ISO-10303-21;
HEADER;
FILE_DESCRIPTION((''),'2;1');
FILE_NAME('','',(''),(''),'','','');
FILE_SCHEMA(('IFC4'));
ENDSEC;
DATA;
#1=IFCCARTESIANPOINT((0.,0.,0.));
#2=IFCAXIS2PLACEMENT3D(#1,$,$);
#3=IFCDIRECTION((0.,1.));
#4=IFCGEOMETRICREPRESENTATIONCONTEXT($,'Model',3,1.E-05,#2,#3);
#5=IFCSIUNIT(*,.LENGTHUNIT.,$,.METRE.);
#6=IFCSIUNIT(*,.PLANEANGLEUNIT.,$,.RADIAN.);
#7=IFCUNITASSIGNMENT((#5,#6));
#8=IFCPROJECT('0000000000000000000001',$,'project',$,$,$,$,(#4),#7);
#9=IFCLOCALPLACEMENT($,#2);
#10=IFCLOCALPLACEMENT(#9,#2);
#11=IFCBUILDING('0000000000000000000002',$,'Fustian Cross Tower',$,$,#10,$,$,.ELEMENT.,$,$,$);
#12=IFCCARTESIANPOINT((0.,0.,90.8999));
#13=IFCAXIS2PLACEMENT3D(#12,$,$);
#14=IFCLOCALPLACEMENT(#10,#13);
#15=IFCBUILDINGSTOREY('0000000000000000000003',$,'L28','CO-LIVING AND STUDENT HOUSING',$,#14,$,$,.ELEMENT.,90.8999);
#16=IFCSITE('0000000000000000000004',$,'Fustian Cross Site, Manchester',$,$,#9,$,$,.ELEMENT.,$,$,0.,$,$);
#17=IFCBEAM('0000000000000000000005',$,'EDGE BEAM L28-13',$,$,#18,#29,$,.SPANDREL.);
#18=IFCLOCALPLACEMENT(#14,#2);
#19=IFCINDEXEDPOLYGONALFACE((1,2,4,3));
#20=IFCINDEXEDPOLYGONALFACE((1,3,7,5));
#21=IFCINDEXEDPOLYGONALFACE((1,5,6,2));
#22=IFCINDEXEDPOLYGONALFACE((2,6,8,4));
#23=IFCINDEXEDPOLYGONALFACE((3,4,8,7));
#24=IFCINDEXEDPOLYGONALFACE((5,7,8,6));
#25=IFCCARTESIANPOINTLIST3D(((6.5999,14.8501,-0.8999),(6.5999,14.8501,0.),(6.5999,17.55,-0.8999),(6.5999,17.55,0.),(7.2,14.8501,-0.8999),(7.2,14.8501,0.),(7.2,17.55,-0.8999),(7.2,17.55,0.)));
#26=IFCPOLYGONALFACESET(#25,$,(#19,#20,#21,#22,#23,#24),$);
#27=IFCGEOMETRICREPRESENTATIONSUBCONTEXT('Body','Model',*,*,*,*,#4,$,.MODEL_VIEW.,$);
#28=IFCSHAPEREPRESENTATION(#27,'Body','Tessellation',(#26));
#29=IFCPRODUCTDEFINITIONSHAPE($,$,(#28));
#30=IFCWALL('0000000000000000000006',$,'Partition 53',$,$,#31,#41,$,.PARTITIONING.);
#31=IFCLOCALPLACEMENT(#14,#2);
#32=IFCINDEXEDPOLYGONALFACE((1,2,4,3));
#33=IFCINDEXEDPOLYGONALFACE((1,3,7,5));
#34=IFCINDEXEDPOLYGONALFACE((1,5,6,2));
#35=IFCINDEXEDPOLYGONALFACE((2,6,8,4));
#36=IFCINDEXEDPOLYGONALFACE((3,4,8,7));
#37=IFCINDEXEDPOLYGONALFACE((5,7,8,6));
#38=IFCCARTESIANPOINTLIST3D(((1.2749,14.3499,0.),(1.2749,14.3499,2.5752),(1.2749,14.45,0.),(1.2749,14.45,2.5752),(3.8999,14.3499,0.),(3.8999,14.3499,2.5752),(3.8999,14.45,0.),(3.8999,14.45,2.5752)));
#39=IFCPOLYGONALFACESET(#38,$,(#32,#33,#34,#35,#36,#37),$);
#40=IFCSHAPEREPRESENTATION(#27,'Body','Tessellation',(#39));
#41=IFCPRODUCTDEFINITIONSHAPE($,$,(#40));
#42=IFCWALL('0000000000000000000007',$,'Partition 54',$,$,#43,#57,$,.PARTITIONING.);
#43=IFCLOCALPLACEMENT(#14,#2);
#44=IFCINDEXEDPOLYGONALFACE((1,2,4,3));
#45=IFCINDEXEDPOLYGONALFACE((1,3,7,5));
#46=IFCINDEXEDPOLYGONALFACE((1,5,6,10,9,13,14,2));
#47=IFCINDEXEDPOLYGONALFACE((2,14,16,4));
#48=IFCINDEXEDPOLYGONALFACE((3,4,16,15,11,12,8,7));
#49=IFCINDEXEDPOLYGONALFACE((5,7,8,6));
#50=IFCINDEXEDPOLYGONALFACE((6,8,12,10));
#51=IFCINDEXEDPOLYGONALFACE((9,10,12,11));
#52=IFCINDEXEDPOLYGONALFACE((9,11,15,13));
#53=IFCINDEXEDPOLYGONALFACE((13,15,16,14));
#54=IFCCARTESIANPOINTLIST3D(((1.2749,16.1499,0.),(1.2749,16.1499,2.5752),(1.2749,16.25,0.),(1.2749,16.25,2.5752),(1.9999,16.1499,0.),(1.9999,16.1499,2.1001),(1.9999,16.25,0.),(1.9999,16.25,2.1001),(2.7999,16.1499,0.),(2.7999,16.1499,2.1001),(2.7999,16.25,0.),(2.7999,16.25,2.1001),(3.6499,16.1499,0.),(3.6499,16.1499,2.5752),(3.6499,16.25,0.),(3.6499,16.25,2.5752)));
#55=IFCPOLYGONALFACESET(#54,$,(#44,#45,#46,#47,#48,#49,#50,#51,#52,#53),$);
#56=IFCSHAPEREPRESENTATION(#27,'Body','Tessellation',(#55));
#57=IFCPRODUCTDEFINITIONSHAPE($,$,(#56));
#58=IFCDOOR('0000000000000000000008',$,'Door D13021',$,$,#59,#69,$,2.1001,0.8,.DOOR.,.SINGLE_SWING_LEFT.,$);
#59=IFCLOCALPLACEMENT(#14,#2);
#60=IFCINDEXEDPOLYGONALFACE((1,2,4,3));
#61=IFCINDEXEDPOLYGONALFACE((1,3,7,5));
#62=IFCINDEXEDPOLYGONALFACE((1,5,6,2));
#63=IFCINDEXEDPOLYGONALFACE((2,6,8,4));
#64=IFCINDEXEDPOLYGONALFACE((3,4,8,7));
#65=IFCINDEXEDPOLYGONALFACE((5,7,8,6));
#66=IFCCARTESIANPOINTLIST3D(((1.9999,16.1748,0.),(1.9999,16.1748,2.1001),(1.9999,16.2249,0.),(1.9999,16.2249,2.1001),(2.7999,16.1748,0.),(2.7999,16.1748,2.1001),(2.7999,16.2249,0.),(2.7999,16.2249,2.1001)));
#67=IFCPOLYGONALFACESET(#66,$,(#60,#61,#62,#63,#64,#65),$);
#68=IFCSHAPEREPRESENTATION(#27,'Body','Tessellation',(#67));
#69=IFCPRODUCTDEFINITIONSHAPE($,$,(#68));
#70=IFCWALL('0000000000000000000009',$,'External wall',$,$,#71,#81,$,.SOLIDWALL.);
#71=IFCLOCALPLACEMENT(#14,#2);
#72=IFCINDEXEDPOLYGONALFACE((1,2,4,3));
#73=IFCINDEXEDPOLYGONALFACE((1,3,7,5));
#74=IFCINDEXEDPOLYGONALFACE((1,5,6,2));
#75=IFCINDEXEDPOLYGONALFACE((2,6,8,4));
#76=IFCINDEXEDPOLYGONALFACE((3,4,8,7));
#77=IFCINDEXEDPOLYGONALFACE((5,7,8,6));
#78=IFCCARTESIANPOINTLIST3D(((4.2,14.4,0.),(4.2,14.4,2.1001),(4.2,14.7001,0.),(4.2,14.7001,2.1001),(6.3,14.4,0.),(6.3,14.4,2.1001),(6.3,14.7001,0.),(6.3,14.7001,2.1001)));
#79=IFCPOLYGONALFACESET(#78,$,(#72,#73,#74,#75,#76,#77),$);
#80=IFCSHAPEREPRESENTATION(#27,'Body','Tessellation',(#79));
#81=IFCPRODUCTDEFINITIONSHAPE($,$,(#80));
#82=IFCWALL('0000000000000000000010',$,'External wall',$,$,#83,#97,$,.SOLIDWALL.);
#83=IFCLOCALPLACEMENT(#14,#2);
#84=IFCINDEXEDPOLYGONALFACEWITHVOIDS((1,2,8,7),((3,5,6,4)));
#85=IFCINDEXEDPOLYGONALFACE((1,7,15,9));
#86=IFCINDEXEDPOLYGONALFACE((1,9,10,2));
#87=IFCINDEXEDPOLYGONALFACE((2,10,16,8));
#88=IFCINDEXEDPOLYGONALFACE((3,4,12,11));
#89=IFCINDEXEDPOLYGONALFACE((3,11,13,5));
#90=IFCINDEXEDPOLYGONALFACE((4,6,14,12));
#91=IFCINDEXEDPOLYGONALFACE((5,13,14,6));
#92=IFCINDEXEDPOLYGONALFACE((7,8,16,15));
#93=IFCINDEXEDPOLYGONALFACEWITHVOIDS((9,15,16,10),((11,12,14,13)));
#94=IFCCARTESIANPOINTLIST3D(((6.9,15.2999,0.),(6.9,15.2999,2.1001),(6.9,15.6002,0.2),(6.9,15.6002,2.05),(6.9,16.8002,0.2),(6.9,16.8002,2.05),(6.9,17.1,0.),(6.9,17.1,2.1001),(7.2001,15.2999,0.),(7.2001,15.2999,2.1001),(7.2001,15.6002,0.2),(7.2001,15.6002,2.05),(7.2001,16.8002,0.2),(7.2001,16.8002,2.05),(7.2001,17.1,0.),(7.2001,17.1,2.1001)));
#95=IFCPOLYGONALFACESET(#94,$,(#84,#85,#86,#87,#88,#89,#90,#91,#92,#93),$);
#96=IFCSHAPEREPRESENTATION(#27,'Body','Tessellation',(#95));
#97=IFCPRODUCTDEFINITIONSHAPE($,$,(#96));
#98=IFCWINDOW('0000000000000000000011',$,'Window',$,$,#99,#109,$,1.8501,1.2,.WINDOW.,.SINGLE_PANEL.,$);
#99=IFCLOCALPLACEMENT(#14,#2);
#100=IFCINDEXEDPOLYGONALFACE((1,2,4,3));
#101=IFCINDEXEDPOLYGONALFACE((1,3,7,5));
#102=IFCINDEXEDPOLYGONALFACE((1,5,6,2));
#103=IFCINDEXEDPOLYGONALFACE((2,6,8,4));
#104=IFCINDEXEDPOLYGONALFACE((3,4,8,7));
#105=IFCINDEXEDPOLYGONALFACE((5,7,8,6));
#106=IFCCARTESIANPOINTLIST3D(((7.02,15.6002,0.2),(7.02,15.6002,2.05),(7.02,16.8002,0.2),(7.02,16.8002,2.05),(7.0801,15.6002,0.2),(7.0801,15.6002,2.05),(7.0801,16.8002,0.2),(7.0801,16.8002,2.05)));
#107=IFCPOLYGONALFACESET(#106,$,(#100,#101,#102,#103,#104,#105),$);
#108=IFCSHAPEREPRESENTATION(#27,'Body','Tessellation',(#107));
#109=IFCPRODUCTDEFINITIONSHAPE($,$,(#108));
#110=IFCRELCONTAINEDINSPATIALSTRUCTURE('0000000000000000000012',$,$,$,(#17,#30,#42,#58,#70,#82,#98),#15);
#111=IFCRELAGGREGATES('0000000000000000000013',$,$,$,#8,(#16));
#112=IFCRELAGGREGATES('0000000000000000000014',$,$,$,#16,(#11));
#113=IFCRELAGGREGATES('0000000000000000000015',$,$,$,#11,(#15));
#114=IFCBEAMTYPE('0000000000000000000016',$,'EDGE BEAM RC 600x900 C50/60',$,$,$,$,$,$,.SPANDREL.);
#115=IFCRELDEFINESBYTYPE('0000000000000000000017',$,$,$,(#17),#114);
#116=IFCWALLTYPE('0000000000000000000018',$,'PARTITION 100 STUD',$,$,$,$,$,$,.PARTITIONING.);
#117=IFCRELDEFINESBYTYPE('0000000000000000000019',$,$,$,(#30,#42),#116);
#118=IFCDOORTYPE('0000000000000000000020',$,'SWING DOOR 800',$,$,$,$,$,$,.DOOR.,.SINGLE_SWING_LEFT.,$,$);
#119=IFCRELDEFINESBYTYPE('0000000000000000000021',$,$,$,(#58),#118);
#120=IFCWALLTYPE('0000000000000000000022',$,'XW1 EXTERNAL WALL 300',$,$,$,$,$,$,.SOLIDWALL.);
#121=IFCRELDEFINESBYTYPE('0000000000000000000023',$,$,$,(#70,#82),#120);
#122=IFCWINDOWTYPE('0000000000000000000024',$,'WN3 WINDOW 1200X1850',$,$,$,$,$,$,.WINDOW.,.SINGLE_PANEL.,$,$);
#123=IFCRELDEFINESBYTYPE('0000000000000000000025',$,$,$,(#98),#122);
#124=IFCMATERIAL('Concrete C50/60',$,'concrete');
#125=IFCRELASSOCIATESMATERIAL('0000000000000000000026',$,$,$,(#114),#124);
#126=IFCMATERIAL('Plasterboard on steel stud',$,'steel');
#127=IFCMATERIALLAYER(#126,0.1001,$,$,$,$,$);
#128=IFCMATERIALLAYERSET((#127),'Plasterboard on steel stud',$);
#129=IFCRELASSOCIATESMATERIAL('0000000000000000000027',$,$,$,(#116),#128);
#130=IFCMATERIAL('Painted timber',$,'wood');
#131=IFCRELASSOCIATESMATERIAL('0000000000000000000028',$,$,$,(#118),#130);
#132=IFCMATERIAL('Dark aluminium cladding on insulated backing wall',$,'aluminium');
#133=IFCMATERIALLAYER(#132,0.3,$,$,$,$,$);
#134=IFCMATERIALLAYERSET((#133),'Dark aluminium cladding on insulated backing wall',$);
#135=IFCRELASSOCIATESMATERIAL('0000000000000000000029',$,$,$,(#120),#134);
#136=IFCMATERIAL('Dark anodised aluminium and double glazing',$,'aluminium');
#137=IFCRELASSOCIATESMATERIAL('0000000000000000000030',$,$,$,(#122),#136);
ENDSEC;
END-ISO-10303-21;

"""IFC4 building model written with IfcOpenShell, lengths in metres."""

from ifc_helpers import new_model, si_unit, direction, frame, frame_2d, origin, origin_2d, place, context, subcontext, project, spatial, rectangle, extrude, material, layer, layer_set, material_profile, profile_set, type_object, element, fill, save


model = new_model("IFC4")

# Units and contexts
model_context = context("Model", 3, precision=1e-05, world=origin(), true_north=direction((0.0, 1.0)))
body_context = subcontext(model_context, "Body", "Model", "MODEL_VIEW")
ifc_project = project(units=[si_unit("LENGTHUNIT", "METRE"), si_unit("PLANEANGLEUNIT", "RADIAN")], contexts=[model_context])

# Site, building, storey
site_placement = place(None, origin())
site = spatial("IfcSite", under=ifc_project, at=site_placement, Name="Fustian Cross Site, Manchester", CompositionType="ELEMENT", RefElevation=0.0)
building_placement = place(site_placement, origin())
building = spatial("IfcBuilding", under=site, at=building_placement, Name="Fustian Cross Tower", CompositionType="ELEMENT")
storey_placement = place(building_placement, frame((0.0, 0.0, 90.8999)))
storey = spatial("IfcBuildingStorey", under=building, at=storey_placement, Name="L28", Description="CO-LIVING AND STUDENT HOUSING", CompositionType="ELEMENT", Elevation=90.8999)

# Beam
ifc_material_1 = material(Name="Concrete C50/60", Category="concrete")
ifc_material_profile_1 = material_profile(ifc_material_1, rectangle(XDim=0.6001, YDim=0.8999, at=origin_2d()), Name="RC 600x900")
ifc_profile_set_1 = profile_set([ifc_material_profile_1], Name="Concrete C50/60")
beam_type = type_object("IfcBeamType", Name="EDGE BEAM RC 600x900 C50/60", PredefinedType="SPANDREL", material=ifc_profile_set_1)
beam_1_placement = place(storey_placement, frame((6.8999, 14.8501, -0.45), z_axis=(0.0, 1.0, 0.0), x_axis=(-1.0, 0.0, 0.0)))
element("IfcBeam", 1, at=beam_1_placement, inside=storey, type_object=beam_type, Name="EDGE BEAM L28-13", PredefinedType="SPANDREL", context=body_context, shape_type="SweptSolid", body=[
    extrude(rectangle(XDim=0.6001, YDim=0.8999, at=origin_2d()), origin(), (0.0, 0.0, 1.0), 2.7),
])

# Wall
ifc_material_2 = material(Name="Plasterboard on steel stud", Category="steel")
ifc_layer_1 = layer(ifc_material_2, 0.1001)
ifc_layer_set_1 = layer_set([ifc_layer_1], Name="Plasterboard on steel stud")
wall_type_1 = type_object("IfcWallType", Name="PARTITION 100 STUD", PredefinedType="PARTITIONING", material=ifc_layer_set_1)
wall_1_placement = place(storey_placement, frame((1.2749, 14.3999, 0.0), z_axis=(0.0, 0.0, 1.0), x_axis=(1.0, 0.0, 0.0)))
element("IfcWall", 2, at=wall_1_placement, inside=storey, type_object=wall_type_1, Name="Partition 53", PredefinedType="PARTITIONING", context=body_context, shape_type="SweptSolid", body=[
    extrude(rectangle(XDim=2.625, YDim=0.1001, at=frame_2d((1.3125, 0.0))), origin(), (0.0, 0.0, 1.0), 2.5752),
])

# Wall, opening, door
wall_2_placement = place(storey_placement, frame((1.2749, 16.2, 0.0), z_axis=(0.0, 0.0, 1.0), x_axis=(1.0, 0.0, 0.0)))
wall_2 = element("IfcWall", 3, at=wall_2_placement, inside=storey, type_object=wall_type_1, Name="Partition 54", PredefinedType="PARTITIONING", context=body_context, shape_type="SweptSolid", body=[
    extrude(rectangle(XDim=2.375, YDim=0.1001, at=frame_2d((1.1875, 0.0))), origin(), (0.0, 0.0, 1.0), 2.5752),
])
opening_1_placement = place(wall_2_placement, frame((0.7251, 0.0, 0.0)))
opening_1 = element("IfcOpeningElement", 4, at=opening_1_placement, cuts=wall_2, PredefinedType="OPENING", context=body_context, shape_type="SweptSolid", body=[
    extrude(rectangle(XDim=0.8, YDim=2.1001, at=frame_2d((0.3999, 1.05))), frame((0.0, 0.0601, 0.0), z_axis=(0.0, -1.0, 0.0), x_axis=(1.0, 0.0, 0.0)), (0.0, 0.0, 1.0), 0.1201),
])
ifc_material_3 = material(Name="Painted timber", Category="wood")
door_type = type_object("IfcDoorType", Name="SWING DOOR 800", OperationType="SINGLE_SWING_LEFT", PredefinedType="DOOR", material=ifc_material_3)
door_placement = place(opening_1_placement, origin())
door = element("IfcDoor", 5, at=door_placement, inside=storey, type_object=door_type, Name="Door D13021", OperationType="SINGLE_SWING_LEFT", OverallHeight=2.1001, OverallWidth=0.8, PredefinedType="DOOR", context=body_context, shape_type="SweptSolid", body=[
    extrude(rectangle(XDim=0.8, YDim=2.1001, at=frame_2d((0.3999, 1.05))), frame((0.0, 0.0249, 0.0), z_axis=(0.0, -1.0, 0.0), x_axis=(1.0, 0.0, 0.0)), (0.0, 0.0, 1.0), 0.05),
])
fill(opening_1, door)

# Wall
ifc_material_4 = material(Name="Dark aluminium cladding on insulated backing wall", Category="aluminium")
ifc_layer_2 = layer(ifc_material_4, 0.3)
ifc_layer_set_2 = layer_set([ifc_layer_2], Name="Dark aluminium cladding on insulated backing wall")
wall_type_2 = type_object("IfcWallType", Name="XW1 EXTERNAL WALL 300", PredefinedType="SOLIDWALL", material=ifc_layer_set_2)
wall_3_placement = place(storey_placement, frame((4.2, 14.55, 0.0), z_axis=(0.0, 0.0, 1.0), x_axis=(1.0, 0.0, 0.0)))
element("IfcWall", 6, at=wall_3_placement, inside=storey, type_object=wall_type_2, Name="External wall", PredefinedType="SOLIDWALL", context=body_context, shape_type="SweptSolid", body=[
    extrude(rectangle(XDim=2.1001, YDim=0.3, at=frame_2d((1.05, 0.0))), origin(), (0.0, 0.0, 1.0), 2.1001),
])

# Wall, opening, window
wall_4_placement = place(storey_placement, frame((7.05, 15.3, 0.0), z_axis=(0.0, 0.0, 1.0), x_axis=(0.0, 1.0, 0.0)))
wall_4 = element("IfcWall", 7, at=wall_4_placement, inside=storey, type_object=wall_type_2, Name="External wall", PredefinedType="SOLIDWALL", context=body_context, shape_type="SweptSolid", body=[
    extrude(rectangle(XDim=1.8, YDim=0.3, at=frame_2d((0.8999, 0.0))), origin(), (0.0, 0.0, 1.0), 2.1001),
])
opening_2_placement = place(wall_4_placement, frame((0.3, 0.0, 0.2)))
opening_2 = element("IfcOpeningElement", 8, at=opening_2_placement, cuts=wall_4, PredefinedType="OPENING", context=body_context, shape_type="SweptSolid", body=[
    extrude(rectangle(XDim=1.2, YDim=1.8501, at=frame_2d((0.6001, 0.925))), frame((0.0, 0.1599, 0.0), z_axis=(0.0, -1.0, 0.0), x_axis=(1.0, 0.0, 0.0)), (0.0, 0.0, 1.0), 0.3201),
])
ifc_material_5 = material(Name="Dark anodised aluminium and double glazing", Category="aluminium")
window_type = type_object("IfcWindowType", Name="WN3 WINDOW 1200X1850", PartitioningType="SINGLE_PANEL", PredefinedType="WINDOW", material=ifc_material_5)
window_placement = place(opening_2_placement, origin())
window = element("IfcWindow", 9, at=window_placement, inside=storey, type_object=window_type, Name="Window", OverallHeight=1.8501, OverallWidth=1.2, PartitioningType="SINGLE_PANEL", PredefinedType="WINDOW", context=body_context, shape_type="SweptSolid", body=[
    extrude(rectangle(XDim=1.2, YDim=1.8501, at=frame_2d((0.6001, 0.925))), frame((0.0, 0.03, 0.0), z_axis=(0.0, -1.0, 0.0), x_axis=(1.0, 0.0, 0.0)), (0.0, 0.0, 1.0), 0.0601),
])
fill(opening_2, window)

save(model, "model.ifc")
